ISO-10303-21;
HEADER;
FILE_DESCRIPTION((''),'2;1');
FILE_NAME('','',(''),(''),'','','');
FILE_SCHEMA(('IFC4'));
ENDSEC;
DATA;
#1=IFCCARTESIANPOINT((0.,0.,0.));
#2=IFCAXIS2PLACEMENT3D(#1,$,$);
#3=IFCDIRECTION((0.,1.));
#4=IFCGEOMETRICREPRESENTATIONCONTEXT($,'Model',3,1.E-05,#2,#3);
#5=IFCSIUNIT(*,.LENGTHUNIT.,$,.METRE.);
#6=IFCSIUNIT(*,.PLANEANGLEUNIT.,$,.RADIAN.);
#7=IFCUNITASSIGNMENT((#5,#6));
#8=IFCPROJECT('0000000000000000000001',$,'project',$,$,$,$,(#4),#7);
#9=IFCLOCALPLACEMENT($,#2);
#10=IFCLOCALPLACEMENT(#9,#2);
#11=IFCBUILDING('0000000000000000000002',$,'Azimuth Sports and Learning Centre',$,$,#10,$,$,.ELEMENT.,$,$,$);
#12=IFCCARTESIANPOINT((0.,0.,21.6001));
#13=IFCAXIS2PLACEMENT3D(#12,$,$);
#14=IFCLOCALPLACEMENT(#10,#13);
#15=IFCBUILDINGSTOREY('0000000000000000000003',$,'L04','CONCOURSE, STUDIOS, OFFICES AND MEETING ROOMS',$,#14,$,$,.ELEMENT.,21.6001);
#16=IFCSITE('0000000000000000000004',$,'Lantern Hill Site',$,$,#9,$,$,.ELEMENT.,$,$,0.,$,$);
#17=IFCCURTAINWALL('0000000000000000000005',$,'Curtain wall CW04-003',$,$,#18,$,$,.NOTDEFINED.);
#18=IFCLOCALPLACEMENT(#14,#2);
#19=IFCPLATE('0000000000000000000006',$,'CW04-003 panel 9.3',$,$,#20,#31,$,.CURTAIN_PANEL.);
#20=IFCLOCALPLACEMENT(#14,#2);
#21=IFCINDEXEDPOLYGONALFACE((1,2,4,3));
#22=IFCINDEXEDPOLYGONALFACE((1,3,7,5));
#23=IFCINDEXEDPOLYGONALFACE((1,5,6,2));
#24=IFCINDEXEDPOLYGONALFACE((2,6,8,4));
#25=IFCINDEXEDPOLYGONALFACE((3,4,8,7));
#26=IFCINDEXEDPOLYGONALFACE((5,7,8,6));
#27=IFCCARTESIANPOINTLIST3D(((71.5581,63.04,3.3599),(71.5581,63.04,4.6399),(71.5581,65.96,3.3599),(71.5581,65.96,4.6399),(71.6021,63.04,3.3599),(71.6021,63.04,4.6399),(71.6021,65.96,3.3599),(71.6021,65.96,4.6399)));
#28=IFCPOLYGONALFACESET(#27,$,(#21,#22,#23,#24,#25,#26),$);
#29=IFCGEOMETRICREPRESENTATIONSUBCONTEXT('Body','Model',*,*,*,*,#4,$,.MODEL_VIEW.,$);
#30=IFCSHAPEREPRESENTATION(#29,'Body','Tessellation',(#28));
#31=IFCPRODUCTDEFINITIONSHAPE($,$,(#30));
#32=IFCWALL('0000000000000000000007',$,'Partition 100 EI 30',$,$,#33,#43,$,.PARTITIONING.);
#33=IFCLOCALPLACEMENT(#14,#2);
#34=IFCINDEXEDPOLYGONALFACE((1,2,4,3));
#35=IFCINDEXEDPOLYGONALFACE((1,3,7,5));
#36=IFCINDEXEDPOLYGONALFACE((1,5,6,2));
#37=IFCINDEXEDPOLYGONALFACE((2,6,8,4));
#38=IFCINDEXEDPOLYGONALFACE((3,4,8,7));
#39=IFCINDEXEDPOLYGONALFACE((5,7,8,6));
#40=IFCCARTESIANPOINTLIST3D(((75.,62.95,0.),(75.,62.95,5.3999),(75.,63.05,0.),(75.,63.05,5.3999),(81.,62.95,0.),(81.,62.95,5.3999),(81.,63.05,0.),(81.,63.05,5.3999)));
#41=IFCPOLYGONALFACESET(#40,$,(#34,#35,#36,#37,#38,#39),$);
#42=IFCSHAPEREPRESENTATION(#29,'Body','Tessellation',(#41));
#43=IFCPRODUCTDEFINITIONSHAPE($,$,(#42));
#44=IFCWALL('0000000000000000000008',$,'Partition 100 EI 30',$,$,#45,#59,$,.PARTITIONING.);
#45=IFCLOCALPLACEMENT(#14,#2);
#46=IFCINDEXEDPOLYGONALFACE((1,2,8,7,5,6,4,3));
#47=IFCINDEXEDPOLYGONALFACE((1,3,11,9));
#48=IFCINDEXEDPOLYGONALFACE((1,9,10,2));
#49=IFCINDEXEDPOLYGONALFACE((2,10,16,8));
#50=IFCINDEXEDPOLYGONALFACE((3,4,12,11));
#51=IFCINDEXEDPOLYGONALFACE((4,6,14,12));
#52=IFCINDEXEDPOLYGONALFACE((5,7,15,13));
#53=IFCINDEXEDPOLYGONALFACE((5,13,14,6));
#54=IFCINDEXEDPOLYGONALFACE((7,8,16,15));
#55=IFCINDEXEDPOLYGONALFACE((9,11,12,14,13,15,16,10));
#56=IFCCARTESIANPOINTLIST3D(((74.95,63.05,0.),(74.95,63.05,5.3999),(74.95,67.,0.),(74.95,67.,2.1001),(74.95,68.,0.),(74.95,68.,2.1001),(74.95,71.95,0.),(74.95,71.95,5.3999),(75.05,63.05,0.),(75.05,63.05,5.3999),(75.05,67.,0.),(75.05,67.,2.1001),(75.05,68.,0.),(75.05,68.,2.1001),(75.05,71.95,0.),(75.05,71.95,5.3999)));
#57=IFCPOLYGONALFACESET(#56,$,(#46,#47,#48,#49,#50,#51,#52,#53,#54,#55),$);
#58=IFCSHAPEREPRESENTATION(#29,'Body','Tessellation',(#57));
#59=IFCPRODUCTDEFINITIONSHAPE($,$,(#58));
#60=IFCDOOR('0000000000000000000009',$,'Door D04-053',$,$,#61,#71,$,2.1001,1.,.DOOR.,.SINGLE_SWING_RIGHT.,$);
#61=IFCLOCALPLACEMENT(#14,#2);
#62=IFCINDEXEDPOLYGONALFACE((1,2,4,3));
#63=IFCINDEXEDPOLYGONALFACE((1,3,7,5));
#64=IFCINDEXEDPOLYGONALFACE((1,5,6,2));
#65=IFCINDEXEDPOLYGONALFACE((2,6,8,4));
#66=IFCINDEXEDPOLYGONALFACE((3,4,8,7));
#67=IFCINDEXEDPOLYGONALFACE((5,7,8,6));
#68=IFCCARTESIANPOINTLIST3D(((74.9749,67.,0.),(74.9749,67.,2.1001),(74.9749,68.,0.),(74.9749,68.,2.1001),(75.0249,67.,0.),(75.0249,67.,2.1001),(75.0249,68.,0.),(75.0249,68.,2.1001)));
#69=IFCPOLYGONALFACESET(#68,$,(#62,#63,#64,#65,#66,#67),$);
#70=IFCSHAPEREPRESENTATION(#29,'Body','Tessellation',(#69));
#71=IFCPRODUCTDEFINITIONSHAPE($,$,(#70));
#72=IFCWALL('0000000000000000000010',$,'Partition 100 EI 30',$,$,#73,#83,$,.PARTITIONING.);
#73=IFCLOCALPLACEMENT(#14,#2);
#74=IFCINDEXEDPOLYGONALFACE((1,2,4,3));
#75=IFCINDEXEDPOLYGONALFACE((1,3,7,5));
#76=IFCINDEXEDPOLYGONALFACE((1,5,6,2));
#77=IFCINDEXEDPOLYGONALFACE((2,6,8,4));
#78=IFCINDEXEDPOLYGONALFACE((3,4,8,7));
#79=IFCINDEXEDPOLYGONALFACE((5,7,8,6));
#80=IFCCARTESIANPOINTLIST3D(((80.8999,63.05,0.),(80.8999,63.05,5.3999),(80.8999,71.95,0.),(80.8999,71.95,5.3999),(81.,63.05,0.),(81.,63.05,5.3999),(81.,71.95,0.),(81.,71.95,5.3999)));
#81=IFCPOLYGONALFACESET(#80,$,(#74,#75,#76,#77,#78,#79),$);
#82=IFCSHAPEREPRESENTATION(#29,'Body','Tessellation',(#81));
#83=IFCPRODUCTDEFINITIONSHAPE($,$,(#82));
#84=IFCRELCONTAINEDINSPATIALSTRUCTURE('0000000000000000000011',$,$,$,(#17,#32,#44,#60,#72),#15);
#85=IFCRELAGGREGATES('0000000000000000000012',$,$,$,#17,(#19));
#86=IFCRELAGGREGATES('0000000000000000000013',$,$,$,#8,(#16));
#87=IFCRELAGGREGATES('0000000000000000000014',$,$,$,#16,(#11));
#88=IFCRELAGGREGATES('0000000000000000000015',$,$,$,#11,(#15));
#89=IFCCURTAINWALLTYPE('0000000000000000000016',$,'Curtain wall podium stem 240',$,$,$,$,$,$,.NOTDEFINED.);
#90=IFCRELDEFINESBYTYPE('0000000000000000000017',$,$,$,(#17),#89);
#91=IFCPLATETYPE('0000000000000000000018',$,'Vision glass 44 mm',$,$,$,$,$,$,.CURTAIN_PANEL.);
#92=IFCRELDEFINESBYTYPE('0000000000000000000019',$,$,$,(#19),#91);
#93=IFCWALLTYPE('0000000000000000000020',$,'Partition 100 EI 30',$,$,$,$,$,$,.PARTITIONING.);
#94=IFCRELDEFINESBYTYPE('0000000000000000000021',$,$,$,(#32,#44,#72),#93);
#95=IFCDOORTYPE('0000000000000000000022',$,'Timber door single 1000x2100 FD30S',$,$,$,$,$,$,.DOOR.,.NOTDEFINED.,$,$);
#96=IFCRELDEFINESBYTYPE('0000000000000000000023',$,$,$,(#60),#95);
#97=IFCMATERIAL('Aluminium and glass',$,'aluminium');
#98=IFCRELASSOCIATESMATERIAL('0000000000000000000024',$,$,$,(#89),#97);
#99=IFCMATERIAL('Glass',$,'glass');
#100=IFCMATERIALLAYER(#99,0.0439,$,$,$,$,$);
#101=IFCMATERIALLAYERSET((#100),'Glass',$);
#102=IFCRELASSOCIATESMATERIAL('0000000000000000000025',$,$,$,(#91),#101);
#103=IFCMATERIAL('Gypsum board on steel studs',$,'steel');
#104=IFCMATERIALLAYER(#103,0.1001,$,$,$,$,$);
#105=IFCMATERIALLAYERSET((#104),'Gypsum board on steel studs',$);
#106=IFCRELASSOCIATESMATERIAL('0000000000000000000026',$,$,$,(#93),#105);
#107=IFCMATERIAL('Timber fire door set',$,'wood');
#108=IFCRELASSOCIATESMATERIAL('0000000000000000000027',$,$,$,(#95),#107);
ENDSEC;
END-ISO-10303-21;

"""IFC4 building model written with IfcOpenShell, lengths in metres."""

from ifc_helpers import new_model, si_unit, direction, frame, frame_2d, origin, origin_2d, place, context, subcontext, project, spatial, rectangle, extrude, material, layer, layer_set, type_object, element, fill, aggregate, save


model = new_model("IFC4")

# Units and contexts
model_context = context("Model", 3, precision=1e-05, world=origin(), true_north=direction((0.0, 1.0)))
body_context = subcontext(model_context, "Body", "Model", "MODEL_VIEW")
ifc_project = project(units=[si_unit("LENGTHUNIT", "METRE"), si_unit("PLANEANGLEUNIT", "RADIAN")], contexts=[model_context])

# Site, building, storey
site_placement = place(None, origin())
site = spatial("IfcSite", under=ifc_project, at=site_placement, Name="Lantern Hill Site", CompositionType="ELEMENT", RefElevation=0.0)
building_placement = place(site_placement, origin())
building = spatial("IfcBuilding", under=site, at=building_placement, Name="Azimuth Sports and Learning Centre", CompositionType="ELEMENT")
storey_placement = place(building_placement, frame((0.0, 0.0, 21.6001)))
storey = spatial("IfcBuildingStorey", under=building, at=storey_placement, Name="L04", Description="CONCOURSE, STUDIOS, OFFICES AND MEETING ROOMS", CompositionType="ELEMENT", Elevation=21.6001)

# Curtain wall, plate
ifc_material_1 = material(Name="Aluminium and glass", Category="aluminium")
curtain_wall_type = type_object("IfcCurtainWallType", Name="Curtain wall podium stem 240", PredefinedType="NOTDEFINED", material=ifc_material_1)
curtain_wall_placement = place(storey_placement, origin())
curtain_wall = element("IfcCurtainWall", 1, at=curtain_wall_placement, inside=storey, type_object=curtain_wall_type, Name="Curtain wall CW04-003", PredefinedType="NOTDEFINED")
ifc_material_2 = material(Name="Glass", Category="glass")
ifc_layer_1 = layer(ifc_material_2, 0.0439)
ifc_layer_set_1 = layer_set([ifc_layer_1], Name="Glass")
plate_type_1 = type_object("IfcPlateType", Name="Vision glass 44 mm", PredefinedType="CURTAIN_PANEL", material=ifc_layer_set_1)
plate_1_placement = place(storey_placement, frame((71.5801, 64.5, 3.3599), z_axis=(0.0, 0.0, 1.0), x_axis=(0.0, -1.0, 0.0)))
plate_1 = element("IfcPlate", 2, at=plate_1_placement, type_object=plate_type_1, Name="CW04-003 panel 9.3", PredefinedType="CURTAIN_PANEL", context=body_context, shape_type="SweptSolid", body=[
    extrude(rectangle(XDim=2.9199, YDim=0.0439, at=origin_2d()), origin(), (0.0, 0.0, 1.0), 1.28),
])
aggregate(curtain_wall, [plate_1])

# Wall
ifc_material_3 = material(Name="Gypsum board on steel studs", Category="steel")
ifc_layer_2 = layer(ifc_material_3, 0.1001)
ifc_layer_set_2 = layer_set([ifc_layer_2], Name="Gypsum board on steel studs")
wall_type = type_object("IfcWallType", Name="Partition 100 EI 30", PredefinedType="PARTITIONING", material=ifc_layer_set_2)
wall_1_placement = place(storey_placement, frame((75.0, 63.0, 0.0), z_axis=(0.0, 0.0, 1.0), x_axis=(1.0, 0.0, 0.0)))
element("IfcWall", 3, at=wall_1_placement, inside=storey, type_object=wall_type, Name="Partition 100 EI 30", PredefinedType="PARTITIONING", context=body_context, shape_type="SweptSolid", body=[
    extrude(rectangle(XDim=6.0, YDim=0.1001, at=frame_2d((3.0, 0.0))), origin(), (0.0, 0.0, 1.0), 5.3999),
])

# Wall, opening, door
wall_2_placement = place(storey_placement, frame((75.0, 63.05, 0.0), z_axis=(0.0, 0.0, 1.0), x_axis=(0.0, 1.0, 0.0)))
wall_2 = element("IfcWall", 4, at=wall_2_placement, inside=storey, type_object=wall_type, Name="Partition 100 EI 30", PredefinedType="PARTITIONING", context=body_context, shape_type="SweptSolid", body=[
    extrude(rectangle(XDim=8.8999, YDim=0.1001, at=frame_2d((4.45, 0.0))), origin(), (0.0, 0.0, 1.0), 5.3999),
])
opening_placement = place(wall_2_placement, frame((3.95, 0.0, 0.0)))
opening = element("IfcOpeningElement", 5, at=opening_placement, cuts=wall_2, PredefinedType="OPENING", context=body_context, shape_type="SweptSolid", body=[
    extrude(rectangle(XDim=1.0, YDim=2.1001, at=frame_2d((0.5, 1.05))), frame((0.0, 0.061, 0.0), z_axis=(0.0, -1.0, 0.0), x_axis=(1.0, 0.0, 0.0)), (0.0, 0.0, 1.0), 0.1221),
])
ifc_material_4 = material(Name="Timber fire door set", Category="wood")
door_type = type_object("IfcDoorType", Name="Timber door single 1000x2100 FD30S", OperationType="NOTDEFINED", PredefinedType="DOOR", material=ifc_material_4)
door_placement = place(opening_placement, frame((1.0, 0.0, 0.0), z_axis=(0.0, 0.0, 1.0), x_axis=(-1.0, 0.0, 0.0)))
door = element("IfcDoor", 6, at=door_placement, inside=storey, type_object=door_type, Name="Door D04-053", OperationType="SINGLE_SWING_RIGHT", OverallHeight=2.1001, OverallWidth=1.0, PredefinedType="DOOR", context=body_context, shape_type="SweptSolid", body=[
    extrude(rectangle(XDim=1.0, YDim=2.1001, at=frame_2d((0.5, 1.05))), frame((0.0, 0.0249, 0.0), z_axis=(0.0, -1.0, 0.0), x_axis=(1.0, 0.0, 0.0)), (0.0, 0.0, 1.0), 0.05),
])
fill(opening, door)

# Wall
wall_3_placement = place(storey_placement, frame((80.95, 63.05, 0.0), z_axis=(0.0, 0.0, 1.0), x_axis=(0.0, 1.0, 0.0)))
element("IfcWall", 7, at=wall_3_placement, inside=storey, type_object=wall_type, Name="Partition 100 EI 30", PredefinedType="PARTITIONING", context=body_context, shape_type="SweptSolid", body=[
    extrude(rectangle(XDim=8.8999, YDim=0.1001, at=frame_2d((4.45, 0.0))), origin(), (0.0, 0.0, 1.0), 5.3999),
])

save(model, "model.ifc")
